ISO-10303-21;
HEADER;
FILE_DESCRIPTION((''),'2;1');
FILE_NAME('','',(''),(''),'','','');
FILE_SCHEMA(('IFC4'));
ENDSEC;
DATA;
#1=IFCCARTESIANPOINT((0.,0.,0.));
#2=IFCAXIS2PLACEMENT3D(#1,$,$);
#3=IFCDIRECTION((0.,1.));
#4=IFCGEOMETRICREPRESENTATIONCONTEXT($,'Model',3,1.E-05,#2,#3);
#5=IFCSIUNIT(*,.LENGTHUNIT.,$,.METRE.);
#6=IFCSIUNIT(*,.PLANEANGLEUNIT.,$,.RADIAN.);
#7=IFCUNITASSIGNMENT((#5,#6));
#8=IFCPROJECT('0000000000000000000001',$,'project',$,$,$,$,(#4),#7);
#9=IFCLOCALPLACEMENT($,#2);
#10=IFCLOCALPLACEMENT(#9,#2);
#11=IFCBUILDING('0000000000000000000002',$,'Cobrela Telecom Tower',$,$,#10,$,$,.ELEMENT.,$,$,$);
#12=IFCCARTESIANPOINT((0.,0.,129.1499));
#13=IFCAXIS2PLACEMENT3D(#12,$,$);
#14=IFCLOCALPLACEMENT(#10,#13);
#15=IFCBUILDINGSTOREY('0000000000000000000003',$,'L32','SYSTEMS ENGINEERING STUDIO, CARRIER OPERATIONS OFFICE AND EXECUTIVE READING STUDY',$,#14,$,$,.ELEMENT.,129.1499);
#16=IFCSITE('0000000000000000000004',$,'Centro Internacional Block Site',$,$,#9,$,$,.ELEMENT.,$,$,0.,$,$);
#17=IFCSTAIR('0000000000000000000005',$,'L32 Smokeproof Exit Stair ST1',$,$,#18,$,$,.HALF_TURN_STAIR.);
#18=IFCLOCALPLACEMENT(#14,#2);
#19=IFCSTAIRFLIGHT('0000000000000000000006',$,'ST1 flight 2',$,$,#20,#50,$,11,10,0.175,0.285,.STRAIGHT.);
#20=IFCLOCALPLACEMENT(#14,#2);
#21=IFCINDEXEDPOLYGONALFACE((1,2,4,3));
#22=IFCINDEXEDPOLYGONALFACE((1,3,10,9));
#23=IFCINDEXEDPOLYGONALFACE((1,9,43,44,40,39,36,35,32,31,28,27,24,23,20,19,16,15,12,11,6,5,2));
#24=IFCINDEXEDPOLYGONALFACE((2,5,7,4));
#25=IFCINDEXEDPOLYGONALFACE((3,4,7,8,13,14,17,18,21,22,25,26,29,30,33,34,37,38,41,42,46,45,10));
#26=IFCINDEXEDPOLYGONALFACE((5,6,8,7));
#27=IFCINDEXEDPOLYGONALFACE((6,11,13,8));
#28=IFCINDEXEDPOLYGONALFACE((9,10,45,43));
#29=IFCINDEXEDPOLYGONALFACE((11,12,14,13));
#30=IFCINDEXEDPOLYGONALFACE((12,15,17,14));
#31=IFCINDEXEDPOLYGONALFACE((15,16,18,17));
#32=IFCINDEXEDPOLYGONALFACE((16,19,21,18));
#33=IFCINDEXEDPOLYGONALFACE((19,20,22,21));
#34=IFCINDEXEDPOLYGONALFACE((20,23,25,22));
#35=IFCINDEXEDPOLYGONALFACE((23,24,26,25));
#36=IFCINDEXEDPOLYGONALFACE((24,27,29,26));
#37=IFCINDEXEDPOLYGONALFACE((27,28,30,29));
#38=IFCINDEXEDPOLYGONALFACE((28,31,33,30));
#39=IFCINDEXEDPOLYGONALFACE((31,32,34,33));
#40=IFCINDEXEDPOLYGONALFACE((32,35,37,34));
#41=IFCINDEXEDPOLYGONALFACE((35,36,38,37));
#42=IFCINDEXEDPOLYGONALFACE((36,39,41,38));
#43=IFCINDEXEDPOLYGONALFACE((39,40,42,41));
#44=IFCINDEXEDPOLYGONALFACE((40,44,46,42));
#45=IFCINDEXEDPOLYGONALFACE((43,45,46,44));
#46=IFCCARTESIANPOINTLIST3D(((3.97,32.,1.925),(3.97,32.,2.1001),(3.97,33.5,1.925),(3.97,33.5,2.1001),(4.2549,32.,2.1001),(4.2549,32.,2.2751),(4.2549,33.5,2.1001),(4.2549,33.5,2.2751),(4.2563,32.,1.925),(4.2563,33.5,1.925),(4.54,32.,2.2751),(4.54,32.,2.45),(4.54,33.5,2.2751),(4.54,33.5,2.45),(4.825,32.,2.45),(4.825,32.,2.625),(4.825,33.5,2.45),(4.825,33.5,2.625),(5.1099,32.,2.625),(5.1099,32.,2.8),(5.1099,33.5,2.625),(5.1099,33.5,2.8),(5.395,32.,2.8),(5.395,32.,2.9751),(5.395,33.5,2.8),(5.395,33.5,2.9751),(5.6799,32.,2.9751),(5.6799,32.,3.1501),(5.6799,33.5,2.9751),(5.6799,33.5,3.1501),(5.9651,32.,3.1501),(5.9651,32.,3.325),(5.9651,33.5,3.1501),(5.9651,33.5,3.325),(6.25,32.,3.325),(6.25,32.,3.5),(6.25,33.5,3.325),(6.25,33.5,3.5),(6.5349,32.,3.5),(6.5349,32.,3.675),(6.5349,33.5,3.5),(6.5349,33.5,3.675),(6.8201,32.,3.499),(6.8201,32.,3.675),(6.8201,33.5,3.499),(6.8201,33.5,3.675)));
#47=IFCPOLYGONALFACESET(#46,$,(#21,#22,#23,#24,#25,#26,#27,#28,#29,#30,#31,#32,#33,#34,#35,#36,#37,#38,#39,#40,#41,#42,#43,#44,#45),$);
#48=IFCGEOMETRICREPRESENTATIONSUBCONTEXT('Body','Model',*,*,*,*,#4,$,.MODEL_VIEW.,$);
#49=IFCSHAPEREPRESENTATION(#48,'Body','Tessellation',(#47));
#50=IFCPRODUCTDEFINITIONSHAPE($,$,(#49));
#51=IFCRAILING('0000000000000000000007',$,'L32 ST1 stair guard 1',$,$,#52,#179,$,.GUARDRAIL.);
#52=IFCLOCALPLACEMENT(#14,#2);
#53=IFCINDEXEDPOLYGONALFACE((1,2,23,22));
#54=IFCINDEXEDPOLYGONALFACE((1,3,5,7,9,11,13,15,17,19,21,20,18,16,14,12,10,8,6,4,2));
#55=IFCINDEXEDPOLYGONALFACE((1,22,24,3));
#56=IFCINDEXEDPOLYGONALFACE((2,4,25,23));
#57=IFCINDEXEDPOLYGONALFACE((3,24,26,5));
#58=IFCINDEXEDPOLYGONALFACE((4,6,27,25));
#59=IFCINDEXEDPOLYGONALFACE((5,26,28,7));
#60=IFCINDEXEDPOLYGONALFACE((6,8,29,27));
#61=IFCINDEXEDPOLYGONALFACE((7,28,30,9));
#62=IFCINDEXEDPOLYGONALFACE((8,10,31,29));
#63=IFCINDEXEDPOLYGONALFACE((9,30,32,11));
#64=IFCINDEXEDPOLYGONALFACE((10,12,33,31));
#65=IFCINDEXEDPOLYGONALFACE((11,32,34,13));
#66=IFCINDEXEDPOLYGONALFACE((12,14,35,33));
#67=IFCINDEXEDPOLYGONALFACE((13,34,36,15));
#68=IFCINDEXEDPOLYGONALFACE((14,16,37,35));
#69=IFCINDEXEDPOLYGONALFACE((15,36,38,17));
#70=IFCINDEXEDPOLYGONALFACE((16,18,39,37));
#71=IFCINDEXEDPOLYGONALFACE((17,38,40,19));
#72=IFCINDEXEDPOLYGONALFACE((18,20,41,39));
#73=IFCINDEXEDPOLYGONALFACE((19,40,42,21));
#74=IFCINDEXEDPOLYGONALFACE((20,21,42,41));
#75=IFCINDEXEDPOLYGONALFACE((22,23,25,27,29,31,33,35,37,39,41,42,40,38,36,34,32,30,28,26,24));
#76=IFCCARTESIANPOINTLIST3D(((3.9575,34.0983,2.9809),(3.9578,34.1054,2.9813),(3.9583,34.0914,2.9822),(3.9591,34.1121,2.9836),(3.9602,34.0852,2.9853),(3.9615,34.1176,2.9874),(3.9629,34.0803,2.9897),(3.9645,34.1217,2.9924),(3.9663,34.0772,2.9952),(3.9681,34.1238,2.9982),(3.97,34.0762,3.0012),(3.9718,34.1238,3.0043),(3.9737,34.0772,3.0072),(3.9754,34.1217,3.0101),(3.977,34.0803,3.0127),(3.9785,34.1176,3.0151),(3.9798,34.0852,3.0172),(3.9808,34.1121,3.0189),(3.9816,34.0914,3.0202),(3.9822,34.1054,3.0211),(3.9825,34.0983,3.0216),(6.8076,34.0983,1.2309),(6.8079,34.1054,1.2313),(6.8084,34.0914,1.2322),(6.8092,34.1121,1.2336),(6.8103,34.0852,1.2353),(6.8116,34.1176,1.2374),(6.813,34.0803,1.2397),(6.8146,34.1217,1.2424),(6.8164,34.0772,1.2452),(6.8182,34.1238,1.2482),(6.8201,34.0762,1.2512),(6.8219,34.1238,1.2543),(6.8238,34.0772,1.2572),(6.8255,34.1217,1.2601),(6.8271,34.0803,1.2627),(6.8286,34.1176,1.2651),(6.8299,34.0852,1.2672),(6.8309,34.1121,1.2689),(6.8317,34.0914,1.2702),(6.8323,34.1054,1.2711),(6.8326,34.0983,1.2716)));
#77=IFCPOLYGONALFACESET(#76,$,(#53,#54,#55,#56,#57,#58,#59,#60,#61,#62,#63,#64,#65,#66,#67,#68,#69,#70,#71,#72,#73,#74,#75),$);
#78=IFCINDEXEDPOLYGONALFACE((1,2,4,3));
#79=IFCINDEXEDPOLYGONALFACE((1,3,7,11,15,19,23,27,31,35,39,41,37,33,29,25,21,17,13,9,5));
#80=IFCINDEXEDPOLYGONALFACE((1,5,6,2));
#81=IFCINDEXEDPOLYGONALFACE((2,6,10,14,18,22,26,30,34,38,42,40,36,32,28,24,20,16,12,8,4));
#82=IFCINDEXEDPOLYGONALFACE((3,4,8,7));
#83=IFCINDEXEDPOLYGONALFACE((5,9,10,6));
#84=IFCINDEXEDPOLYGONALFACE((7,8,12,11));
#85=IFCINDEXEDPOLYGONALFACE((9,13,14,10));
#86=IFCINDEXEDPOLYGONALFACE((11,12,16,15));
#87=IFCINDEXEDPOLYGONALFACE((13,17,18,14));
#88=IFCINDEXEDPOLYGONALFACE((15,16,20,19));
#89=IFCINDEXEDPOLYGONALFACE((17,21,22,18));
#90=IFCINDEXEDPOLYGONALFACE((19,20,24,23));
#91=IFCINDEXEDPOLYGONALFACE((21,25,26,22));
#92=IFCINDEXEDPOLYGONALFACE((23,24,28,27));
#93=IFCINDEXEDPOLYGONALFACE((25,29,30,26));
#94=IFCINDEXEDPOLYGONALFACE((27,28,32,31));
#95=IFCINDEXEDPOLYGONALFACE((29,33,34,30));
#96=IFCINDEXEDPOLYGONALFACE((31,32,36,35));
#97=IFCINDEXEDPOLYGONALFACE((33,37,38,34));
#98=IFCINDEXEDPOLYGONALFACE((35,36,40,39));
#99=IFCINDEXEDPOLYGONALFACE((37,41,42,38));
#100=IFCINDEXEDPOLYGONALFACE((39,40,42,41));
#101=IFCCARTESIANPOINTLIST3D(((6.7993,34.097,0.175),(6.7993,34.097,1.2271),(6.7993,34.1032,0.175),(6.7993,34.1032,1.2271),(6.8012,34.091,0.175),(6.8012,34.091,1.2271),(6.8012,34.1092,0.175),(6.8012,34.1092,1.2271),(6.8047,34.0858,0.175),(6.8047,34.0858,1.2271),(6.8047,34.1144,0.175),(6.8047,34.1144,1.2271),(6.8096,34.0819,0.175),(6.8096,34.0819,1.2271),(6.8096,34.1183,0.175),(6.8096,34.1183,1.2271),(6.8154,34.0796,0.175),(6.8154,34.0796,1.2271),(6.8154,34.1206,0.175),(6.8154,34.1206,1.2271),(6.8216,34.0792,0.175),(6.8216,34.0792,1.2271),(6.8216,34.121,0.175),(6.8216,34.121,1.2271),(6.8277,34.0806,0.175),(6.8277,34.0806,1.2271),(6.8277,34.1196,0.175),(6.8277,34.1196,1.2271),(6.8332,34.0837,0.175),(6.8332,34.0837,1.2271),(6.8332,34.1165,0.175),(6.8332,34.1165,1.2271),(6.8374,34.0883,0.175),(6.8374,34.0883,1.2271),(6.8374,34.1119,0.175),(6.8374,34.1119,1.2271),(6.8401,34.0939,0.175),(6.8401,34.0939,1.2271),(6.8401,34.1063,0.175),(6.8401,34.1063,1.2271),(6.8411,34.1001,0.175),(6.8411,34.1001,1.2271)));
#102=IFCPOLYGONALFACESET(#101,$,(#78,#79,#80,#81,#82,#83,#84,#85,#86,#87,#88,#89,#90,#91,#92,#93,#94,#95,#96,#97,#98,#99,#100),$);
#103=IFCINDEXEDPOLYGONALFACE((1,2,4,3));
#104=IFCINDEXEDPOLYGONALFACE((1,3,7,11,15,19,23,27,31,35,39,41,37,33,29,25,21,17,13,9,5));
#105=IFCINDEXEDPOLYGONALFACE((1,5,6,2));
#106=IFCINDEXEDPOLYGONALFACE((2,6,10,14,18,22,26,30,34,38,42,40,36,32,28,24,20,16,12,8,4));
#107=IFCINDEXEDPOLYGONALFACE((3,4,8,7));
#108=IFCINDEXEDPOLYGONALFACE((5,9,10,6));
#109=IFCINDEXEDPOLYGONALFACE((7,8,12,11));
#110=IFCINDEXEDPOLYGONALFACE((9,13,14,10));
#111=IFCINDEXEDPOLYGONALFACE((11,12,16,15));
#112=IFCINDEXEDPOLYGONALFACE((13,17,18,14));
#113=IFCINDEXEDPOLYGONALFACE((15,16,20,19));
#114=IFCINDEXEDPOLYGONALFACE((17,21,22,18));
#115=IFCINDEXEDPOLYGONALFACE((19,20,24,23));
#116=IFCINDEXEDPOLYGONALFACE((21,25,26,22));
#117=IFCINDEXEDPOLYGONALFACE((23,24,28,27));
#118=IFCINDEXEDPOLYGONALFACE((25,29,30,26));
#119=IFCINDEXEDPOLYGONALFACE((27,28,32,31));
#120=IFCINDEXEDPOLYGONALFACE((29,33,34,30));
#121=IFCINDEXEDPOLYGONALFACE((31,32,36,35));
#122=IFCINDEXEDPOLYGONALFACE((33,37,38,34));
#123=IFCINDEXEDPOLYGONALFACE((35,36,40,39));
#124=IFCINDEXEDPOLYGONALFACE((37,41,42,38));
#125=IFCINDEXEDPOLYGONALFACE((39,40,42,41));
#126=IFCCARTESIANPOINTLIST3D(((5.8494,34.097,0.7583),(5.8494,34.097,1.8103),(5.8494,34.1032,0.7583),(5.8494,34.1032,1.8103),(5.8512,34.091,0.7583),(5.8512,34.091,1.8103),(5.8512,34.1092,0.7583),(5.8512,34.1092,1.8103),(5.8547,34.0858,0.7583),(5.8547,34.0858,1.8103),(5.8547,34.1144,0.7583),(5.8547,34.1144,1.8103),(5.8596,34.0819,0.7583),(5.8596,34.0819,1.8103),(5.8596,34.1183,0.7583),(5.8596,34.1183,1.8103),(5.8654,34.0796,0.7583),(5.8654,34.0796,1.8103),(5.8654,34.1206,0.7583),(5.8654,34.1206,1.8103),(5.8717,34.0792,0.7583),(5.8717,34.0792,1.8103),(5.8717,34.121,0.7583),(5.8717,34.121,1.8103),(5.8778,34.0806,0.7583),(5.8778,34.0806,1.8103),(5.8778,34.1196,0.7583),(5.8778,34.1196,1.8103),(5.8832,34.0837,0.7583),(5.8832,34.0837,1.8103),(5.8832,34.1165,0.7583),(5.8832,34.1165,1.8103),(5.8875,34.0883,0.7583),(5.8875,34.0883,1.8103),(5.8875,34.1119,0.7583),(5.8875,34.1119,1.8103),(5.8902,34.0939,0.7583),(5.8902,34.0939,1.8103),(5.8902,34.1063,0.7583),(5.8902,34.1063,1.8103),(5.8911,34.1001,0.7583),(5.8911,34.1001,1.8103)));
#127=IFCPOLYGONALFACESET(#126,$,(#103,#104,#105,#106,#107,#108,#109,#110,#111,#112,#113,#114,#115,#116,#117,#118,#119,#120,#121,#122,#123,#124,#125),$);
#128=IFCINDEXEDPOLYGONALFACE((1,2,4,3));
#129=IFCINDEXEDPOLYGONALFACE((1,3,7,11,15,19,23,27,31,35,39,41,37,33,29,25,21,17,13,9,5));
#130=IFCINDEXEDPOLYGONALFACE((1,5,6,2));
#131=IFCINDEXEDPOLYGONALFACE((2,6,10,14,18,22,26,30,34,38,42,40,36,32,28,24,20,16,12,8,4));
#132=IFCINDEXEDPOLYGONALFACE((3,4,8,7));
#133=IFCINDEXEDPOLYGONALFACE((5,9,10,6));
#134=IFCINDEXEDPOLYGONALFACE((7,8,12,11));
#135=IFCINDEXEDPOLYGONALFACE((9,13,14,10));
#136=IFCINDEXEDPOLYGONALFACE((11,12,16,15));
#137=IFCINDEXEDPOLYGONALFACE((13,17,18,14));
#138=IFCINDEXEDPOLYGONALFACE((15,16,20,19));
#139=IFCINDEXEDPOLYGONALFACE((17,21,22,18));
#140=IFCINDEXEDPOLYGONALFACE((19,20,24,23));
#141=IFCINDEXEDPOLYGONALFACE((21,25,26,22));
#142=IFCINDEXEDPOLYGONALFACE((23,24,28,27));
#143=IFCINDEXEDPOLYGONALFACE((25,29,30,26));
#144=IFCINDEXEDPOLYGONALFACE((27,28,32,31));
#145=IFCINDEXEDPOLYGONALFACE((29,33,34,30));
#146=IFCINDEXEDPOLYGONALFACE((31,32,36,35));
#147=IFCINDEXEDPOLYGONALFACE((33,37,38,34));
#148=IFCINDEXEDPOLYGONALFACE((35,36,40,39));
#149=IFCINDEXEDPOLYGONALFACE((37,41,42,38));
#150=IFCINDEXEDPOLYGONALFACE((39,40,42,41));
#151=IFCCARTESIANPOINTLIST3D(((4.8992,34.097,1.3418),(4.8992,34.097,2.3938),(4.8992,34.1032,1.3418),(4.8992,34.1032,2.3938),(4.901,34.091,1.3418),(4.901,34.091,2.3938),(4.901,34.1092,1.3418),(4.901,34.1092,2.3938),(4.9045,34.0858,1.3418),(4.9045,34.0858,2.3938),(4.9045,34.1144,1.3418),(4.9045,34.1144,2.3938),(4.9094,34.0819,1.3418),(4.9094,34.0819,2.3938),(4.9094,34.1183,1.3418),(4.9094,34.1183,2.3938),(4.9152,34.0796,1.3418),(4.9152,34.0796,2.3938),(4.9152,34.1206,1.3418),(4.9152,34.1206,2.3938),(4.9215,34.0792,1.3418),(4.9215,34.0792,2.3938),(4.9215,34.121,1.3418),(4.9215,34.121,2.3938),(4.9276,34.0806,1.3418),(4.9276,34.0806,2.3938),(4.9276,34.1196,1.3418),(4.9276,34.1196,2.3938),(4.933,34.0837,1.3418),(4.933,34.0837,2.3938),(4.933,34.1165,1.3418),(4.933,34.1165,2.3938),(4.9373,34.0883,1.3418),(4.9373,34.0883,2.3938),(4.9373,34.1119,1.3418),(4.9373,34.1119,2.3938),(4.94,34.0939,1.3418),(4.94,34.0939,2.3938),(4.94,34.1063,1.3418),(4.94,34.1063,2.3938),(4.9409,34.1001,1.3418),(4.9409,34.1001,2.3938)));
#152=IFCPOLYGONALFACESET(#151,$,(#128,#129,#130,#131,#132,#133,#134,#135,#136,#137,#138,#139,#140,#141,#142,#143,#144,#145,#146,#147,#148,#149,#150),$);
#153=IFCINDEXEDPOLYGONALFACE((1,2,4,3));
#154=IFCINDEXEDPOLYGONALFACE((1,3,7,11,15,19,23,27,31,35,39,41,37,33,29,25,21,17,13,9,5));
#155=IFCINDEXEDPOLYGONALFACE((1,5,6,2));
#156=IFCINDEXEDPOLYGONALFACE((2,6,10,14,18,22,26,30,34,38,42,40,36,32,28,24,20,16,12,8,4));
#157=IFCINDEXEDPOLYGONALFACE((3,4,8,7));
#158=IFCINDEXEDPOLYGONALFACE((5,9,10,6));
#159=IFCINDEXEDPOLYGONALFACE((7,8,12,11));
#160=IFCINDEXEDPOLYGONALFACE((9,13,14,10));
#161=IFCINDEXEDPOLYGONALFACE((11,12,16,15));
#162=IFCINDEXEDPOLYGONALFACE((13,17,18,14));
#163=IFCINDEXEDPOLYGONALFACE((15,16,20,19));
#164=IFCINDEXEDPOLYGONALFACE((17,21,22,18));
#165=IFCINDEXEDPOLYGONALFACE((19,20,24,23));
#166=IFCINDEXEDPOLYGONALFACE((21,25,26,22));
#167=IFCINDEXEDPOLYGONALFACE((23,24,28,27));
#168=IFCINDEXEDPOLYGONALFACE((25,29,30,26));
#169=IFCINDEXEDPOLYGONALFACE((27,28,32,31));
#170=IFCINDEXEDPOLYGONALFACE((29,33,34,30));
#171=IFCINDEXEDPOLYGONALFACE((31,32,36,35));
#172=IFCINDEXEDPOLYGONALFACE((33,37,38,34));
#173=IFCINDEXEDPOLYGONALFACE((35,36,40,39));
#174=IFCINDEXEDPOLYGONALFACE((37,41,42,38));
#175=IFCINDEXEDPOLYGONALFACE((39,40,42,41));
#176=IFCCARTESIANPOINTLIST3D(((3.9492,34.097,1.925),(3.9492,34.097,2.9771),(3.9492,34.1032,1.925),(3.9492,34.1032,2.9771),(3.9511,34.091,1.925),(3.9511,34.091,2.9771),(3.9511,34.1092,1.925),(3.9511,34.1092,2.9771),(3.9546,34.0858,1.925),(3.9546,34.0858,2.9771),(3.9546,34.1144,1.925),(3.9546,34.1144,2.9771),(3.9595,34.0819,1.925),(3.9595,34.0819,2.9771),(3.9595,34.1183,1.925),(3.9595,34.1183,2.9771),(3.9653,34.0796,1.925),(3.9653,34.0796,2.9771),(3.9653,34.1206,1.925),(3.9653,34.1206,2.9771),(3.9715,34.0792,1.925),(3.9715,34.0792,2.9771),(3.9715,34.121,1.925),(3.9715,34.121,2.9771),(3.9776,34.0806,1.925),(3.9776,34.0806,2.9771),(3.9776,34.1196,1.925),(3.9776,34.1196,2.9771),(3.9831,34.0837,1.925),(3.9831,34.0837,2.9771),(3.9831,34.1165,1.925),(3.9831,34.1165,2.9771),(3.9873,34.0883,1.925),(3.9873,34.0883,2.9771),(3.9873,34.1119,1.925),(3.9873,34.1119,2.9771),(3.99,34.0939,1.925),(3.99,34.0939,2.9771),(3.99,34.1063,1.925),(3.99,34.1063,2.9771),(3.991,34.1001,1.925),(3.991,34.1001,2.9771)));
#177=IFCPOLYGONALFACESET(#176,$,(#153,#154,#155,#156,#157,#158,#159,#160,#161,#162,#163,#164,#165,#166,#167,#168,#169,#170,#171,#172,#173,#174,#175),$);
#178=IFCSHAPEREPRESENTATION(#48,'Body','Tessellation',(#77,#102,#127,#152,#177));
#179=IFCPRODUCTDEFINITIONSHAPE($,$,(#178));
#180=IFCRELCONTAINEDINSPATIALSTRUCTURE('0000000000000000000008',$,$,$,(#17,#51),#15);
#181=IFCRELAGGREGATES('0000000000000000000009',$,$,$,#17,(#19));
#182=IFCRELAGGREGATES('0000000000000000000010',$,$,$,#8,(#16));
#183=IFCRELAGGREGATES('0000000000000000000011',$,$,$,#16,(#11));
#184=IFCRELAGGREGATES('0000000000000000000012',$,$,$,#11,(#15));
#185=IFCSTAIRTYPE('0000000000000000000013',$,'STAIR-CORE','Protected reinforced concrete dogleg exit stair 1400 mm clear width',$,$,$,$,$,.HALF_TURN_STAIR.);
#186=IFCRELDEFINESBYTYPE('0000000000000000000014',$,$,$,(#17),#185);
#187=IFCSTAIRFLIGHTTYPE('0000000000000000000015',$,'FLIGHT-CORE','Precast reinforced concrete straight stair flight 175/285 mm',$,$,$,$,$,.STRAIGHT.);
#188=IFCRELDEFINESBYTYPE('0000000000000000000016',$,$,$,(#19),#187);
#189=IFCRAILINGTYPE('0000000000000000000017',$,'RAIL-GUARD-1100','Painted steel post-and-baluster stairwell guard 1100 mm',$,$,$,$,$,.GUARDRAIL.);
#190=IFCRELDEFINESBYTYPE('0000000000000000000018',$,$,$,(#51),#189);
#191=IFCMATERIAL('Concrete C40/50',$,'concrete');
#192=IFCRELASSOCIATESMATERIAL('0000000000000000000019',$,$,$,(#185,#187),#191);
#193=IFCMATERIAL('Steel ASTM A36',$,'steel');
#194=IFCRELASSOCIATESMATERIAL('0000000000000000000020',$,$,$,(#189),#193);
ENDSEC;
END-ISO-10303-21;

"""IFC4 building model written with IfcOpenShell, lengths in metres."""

from ifc_helpers import new_model, si_unit, direction, frame, origin, origin_2d, place, context, subcontext, project, spatial, polyline, circle, outline, extrude, material, type_object, element, aggregate, save


model = new_model("IFC4")

# Units and contexts
model_context = context("Model", 3, precision=1e-05, world=origin(), true_north=direction((0.0, 1.0)))
body_context = subcontext(model_context, "Body", "Model", "MODEL_VIEW")
ifc_project = project(units=[si_unit("LENGTHUNIT", "METRE"), si_unit("PLANEANGLEUNIT", "RADIAN")], contexts=[model_context])

# Site, building, storey
site_placement = place(None, origin())
site = spatial("IfcSite", under=ifc_project, at=site_placement, Name="Centro Internacional Block Site", CompositionType="ELEMENT", RefElevation=0.0)
building_placement = place(site_placement, origin())
building = spatial("IfcBuilding", under=site, at=building_placement, Name="Cobrela Telecom Tower", CompositionType="ELEMENT")
storey_placement = place(building_placement, frame((0.0, 0.0, 129.1499)))
storey = spatial("IfcBuildingStorey", under=building, at=storey_placement, Name="L32", Description="SYSTEMS ENGINEERING STUDIO, CARRIER OPERATIONS OFFICE AND EXECUTIVE READING STUDY", CompositionType="ELEMENT", Elevation=129.1499)

# Shared definitions
ifc_material_1 = material(Name="Steel ASTM A36", Category="steel")

# Shared definitions
ifc_material_2 = material(Name="Concrete C40/50", Category="concrete")

# Stair, stair flight
stair_type = type_object("IfcStairType", Name="STAIR-CORE", Description="Protected reinforced concrete dogleg exit stair 1400 mm clear width", PredefinedType="HALF_TURN_STAIR", material=ifc_material_2)
stair_placement = place(storey_placement, origin())
stair = element("IfcStair", 1, at=stair_placement, inside=storey, type_object=stair_type, Name="L32 Smokeproof Exit Stair ST1", PredefinedType="HALF_TURN_STAIR")
stair_flight_type = type_object("IfcStairFlightType", Name="FLIGHT-CORE", Description="Precast reinforced concrete straight stair flight 175/285 mm", PredefinedType="STRAIGHT", material=ifc_material_2)
stair_flight_1_placement = place(storey_placement, frame((3.97, 32.75, 1.925), z_axis=(0.0, 0.0, 1.0), x_axis=(1.0, 0.0, 0.0)))
stair_flight_1 = element("IfcStairFlight", 2, at=stair_flight_1_placement, type_object=stair_flight_type, Name="ST1 flight 2", NumberOfRisers=11, NumberOfTreads=10, PredefinedType="STRAIGHT", RiserHeight=0.175, TreadLength=0.285, context=body_context, shape_type="SweptSolid", body=[
    extrude(outline(polyline([(0.0, 0.0), (0.0, 0.175), (0.2849, 0.175), (0.2849, 0.3501), (0.5701, 0.3501), (0.5701, 0.5249), (0.855, 0.5249), (0.855, 0.7), (1.1399, 0.7), (1.1399, 0.875), (1.425, 0.875), (1.425, 1.05), (1.71, 1.05), (1.71, 1.2251), (1.9951, 1.2251), (1.9951, 1.3999), (2.28, 1.3999), (2.28, 1.575), (2.5649, 1.575), (2.5649, 1.75), (2.8501, 1.75), (2.8501, 1.925), (2.8501, 1.574), (0.2864, 0.0), (0.0, 0.0)])), frame((0.0, 0.75, 0.0), z_axis=(0.0, -1.0, 0.0), x_axis=(1.0, 0.0, 0.0)), (0.0, 0.0, 1.0), 1.5),
])
aggregate(stair, [stair_flight_1])

# Railing
railing_type_1 = type_object("IfcRailingType", Name="RAIL-GUARD-1100", Description="Painted steel post-and-baluster stairwell guard 1100 mm", PredefinedType="GUARDRAIL", material=ifc_material_1)
railing_1_placement = place(storey_placement, frame((6.8201, 34.1001, 0.175)))
element("IfcRailing", 3, at=railing_1_placement, inside=storey, type_object=railing_type_1, Name="L32 ST1 stair guard 1", PredefinedType="GUARDRAIL", context=body_context, shape_type="SweptSolid", body=[
    extrude(circle(Radius=0.0239, at=origin_2d()), frame((0.0, 0.0, 1.0762), z_axis=(-0.852179, 0.0, 0.52325), x_axis=(0.0, -1.0, 0.0)), (0.0, 0.0, 1.0), 3.3445),
    extrude(circle(Radius=0.021, at=origin_2d()), origin(), (0.0, 0.0, 1.0), 1.052),
    extrude(circle(Radius=0.021, at=origin_2d()), frame((-0.95, 0.0, 0.5833)), (0.0, 0.0, 1.0), 1.052),
    extrude(circle(Radius=0.021, at=origin_2d()), frame((-1.9001, 0.0, 1.1667)), (0.0, 0.0, 1.0), 1.052),
    extrude(circle(Radius=0.021, at=origin_2d()), frame((-2.8501, 0.0, 1.75)), (0.0, 0.0, 1.0), 1.052),
])

save(model, "model.ifc")
